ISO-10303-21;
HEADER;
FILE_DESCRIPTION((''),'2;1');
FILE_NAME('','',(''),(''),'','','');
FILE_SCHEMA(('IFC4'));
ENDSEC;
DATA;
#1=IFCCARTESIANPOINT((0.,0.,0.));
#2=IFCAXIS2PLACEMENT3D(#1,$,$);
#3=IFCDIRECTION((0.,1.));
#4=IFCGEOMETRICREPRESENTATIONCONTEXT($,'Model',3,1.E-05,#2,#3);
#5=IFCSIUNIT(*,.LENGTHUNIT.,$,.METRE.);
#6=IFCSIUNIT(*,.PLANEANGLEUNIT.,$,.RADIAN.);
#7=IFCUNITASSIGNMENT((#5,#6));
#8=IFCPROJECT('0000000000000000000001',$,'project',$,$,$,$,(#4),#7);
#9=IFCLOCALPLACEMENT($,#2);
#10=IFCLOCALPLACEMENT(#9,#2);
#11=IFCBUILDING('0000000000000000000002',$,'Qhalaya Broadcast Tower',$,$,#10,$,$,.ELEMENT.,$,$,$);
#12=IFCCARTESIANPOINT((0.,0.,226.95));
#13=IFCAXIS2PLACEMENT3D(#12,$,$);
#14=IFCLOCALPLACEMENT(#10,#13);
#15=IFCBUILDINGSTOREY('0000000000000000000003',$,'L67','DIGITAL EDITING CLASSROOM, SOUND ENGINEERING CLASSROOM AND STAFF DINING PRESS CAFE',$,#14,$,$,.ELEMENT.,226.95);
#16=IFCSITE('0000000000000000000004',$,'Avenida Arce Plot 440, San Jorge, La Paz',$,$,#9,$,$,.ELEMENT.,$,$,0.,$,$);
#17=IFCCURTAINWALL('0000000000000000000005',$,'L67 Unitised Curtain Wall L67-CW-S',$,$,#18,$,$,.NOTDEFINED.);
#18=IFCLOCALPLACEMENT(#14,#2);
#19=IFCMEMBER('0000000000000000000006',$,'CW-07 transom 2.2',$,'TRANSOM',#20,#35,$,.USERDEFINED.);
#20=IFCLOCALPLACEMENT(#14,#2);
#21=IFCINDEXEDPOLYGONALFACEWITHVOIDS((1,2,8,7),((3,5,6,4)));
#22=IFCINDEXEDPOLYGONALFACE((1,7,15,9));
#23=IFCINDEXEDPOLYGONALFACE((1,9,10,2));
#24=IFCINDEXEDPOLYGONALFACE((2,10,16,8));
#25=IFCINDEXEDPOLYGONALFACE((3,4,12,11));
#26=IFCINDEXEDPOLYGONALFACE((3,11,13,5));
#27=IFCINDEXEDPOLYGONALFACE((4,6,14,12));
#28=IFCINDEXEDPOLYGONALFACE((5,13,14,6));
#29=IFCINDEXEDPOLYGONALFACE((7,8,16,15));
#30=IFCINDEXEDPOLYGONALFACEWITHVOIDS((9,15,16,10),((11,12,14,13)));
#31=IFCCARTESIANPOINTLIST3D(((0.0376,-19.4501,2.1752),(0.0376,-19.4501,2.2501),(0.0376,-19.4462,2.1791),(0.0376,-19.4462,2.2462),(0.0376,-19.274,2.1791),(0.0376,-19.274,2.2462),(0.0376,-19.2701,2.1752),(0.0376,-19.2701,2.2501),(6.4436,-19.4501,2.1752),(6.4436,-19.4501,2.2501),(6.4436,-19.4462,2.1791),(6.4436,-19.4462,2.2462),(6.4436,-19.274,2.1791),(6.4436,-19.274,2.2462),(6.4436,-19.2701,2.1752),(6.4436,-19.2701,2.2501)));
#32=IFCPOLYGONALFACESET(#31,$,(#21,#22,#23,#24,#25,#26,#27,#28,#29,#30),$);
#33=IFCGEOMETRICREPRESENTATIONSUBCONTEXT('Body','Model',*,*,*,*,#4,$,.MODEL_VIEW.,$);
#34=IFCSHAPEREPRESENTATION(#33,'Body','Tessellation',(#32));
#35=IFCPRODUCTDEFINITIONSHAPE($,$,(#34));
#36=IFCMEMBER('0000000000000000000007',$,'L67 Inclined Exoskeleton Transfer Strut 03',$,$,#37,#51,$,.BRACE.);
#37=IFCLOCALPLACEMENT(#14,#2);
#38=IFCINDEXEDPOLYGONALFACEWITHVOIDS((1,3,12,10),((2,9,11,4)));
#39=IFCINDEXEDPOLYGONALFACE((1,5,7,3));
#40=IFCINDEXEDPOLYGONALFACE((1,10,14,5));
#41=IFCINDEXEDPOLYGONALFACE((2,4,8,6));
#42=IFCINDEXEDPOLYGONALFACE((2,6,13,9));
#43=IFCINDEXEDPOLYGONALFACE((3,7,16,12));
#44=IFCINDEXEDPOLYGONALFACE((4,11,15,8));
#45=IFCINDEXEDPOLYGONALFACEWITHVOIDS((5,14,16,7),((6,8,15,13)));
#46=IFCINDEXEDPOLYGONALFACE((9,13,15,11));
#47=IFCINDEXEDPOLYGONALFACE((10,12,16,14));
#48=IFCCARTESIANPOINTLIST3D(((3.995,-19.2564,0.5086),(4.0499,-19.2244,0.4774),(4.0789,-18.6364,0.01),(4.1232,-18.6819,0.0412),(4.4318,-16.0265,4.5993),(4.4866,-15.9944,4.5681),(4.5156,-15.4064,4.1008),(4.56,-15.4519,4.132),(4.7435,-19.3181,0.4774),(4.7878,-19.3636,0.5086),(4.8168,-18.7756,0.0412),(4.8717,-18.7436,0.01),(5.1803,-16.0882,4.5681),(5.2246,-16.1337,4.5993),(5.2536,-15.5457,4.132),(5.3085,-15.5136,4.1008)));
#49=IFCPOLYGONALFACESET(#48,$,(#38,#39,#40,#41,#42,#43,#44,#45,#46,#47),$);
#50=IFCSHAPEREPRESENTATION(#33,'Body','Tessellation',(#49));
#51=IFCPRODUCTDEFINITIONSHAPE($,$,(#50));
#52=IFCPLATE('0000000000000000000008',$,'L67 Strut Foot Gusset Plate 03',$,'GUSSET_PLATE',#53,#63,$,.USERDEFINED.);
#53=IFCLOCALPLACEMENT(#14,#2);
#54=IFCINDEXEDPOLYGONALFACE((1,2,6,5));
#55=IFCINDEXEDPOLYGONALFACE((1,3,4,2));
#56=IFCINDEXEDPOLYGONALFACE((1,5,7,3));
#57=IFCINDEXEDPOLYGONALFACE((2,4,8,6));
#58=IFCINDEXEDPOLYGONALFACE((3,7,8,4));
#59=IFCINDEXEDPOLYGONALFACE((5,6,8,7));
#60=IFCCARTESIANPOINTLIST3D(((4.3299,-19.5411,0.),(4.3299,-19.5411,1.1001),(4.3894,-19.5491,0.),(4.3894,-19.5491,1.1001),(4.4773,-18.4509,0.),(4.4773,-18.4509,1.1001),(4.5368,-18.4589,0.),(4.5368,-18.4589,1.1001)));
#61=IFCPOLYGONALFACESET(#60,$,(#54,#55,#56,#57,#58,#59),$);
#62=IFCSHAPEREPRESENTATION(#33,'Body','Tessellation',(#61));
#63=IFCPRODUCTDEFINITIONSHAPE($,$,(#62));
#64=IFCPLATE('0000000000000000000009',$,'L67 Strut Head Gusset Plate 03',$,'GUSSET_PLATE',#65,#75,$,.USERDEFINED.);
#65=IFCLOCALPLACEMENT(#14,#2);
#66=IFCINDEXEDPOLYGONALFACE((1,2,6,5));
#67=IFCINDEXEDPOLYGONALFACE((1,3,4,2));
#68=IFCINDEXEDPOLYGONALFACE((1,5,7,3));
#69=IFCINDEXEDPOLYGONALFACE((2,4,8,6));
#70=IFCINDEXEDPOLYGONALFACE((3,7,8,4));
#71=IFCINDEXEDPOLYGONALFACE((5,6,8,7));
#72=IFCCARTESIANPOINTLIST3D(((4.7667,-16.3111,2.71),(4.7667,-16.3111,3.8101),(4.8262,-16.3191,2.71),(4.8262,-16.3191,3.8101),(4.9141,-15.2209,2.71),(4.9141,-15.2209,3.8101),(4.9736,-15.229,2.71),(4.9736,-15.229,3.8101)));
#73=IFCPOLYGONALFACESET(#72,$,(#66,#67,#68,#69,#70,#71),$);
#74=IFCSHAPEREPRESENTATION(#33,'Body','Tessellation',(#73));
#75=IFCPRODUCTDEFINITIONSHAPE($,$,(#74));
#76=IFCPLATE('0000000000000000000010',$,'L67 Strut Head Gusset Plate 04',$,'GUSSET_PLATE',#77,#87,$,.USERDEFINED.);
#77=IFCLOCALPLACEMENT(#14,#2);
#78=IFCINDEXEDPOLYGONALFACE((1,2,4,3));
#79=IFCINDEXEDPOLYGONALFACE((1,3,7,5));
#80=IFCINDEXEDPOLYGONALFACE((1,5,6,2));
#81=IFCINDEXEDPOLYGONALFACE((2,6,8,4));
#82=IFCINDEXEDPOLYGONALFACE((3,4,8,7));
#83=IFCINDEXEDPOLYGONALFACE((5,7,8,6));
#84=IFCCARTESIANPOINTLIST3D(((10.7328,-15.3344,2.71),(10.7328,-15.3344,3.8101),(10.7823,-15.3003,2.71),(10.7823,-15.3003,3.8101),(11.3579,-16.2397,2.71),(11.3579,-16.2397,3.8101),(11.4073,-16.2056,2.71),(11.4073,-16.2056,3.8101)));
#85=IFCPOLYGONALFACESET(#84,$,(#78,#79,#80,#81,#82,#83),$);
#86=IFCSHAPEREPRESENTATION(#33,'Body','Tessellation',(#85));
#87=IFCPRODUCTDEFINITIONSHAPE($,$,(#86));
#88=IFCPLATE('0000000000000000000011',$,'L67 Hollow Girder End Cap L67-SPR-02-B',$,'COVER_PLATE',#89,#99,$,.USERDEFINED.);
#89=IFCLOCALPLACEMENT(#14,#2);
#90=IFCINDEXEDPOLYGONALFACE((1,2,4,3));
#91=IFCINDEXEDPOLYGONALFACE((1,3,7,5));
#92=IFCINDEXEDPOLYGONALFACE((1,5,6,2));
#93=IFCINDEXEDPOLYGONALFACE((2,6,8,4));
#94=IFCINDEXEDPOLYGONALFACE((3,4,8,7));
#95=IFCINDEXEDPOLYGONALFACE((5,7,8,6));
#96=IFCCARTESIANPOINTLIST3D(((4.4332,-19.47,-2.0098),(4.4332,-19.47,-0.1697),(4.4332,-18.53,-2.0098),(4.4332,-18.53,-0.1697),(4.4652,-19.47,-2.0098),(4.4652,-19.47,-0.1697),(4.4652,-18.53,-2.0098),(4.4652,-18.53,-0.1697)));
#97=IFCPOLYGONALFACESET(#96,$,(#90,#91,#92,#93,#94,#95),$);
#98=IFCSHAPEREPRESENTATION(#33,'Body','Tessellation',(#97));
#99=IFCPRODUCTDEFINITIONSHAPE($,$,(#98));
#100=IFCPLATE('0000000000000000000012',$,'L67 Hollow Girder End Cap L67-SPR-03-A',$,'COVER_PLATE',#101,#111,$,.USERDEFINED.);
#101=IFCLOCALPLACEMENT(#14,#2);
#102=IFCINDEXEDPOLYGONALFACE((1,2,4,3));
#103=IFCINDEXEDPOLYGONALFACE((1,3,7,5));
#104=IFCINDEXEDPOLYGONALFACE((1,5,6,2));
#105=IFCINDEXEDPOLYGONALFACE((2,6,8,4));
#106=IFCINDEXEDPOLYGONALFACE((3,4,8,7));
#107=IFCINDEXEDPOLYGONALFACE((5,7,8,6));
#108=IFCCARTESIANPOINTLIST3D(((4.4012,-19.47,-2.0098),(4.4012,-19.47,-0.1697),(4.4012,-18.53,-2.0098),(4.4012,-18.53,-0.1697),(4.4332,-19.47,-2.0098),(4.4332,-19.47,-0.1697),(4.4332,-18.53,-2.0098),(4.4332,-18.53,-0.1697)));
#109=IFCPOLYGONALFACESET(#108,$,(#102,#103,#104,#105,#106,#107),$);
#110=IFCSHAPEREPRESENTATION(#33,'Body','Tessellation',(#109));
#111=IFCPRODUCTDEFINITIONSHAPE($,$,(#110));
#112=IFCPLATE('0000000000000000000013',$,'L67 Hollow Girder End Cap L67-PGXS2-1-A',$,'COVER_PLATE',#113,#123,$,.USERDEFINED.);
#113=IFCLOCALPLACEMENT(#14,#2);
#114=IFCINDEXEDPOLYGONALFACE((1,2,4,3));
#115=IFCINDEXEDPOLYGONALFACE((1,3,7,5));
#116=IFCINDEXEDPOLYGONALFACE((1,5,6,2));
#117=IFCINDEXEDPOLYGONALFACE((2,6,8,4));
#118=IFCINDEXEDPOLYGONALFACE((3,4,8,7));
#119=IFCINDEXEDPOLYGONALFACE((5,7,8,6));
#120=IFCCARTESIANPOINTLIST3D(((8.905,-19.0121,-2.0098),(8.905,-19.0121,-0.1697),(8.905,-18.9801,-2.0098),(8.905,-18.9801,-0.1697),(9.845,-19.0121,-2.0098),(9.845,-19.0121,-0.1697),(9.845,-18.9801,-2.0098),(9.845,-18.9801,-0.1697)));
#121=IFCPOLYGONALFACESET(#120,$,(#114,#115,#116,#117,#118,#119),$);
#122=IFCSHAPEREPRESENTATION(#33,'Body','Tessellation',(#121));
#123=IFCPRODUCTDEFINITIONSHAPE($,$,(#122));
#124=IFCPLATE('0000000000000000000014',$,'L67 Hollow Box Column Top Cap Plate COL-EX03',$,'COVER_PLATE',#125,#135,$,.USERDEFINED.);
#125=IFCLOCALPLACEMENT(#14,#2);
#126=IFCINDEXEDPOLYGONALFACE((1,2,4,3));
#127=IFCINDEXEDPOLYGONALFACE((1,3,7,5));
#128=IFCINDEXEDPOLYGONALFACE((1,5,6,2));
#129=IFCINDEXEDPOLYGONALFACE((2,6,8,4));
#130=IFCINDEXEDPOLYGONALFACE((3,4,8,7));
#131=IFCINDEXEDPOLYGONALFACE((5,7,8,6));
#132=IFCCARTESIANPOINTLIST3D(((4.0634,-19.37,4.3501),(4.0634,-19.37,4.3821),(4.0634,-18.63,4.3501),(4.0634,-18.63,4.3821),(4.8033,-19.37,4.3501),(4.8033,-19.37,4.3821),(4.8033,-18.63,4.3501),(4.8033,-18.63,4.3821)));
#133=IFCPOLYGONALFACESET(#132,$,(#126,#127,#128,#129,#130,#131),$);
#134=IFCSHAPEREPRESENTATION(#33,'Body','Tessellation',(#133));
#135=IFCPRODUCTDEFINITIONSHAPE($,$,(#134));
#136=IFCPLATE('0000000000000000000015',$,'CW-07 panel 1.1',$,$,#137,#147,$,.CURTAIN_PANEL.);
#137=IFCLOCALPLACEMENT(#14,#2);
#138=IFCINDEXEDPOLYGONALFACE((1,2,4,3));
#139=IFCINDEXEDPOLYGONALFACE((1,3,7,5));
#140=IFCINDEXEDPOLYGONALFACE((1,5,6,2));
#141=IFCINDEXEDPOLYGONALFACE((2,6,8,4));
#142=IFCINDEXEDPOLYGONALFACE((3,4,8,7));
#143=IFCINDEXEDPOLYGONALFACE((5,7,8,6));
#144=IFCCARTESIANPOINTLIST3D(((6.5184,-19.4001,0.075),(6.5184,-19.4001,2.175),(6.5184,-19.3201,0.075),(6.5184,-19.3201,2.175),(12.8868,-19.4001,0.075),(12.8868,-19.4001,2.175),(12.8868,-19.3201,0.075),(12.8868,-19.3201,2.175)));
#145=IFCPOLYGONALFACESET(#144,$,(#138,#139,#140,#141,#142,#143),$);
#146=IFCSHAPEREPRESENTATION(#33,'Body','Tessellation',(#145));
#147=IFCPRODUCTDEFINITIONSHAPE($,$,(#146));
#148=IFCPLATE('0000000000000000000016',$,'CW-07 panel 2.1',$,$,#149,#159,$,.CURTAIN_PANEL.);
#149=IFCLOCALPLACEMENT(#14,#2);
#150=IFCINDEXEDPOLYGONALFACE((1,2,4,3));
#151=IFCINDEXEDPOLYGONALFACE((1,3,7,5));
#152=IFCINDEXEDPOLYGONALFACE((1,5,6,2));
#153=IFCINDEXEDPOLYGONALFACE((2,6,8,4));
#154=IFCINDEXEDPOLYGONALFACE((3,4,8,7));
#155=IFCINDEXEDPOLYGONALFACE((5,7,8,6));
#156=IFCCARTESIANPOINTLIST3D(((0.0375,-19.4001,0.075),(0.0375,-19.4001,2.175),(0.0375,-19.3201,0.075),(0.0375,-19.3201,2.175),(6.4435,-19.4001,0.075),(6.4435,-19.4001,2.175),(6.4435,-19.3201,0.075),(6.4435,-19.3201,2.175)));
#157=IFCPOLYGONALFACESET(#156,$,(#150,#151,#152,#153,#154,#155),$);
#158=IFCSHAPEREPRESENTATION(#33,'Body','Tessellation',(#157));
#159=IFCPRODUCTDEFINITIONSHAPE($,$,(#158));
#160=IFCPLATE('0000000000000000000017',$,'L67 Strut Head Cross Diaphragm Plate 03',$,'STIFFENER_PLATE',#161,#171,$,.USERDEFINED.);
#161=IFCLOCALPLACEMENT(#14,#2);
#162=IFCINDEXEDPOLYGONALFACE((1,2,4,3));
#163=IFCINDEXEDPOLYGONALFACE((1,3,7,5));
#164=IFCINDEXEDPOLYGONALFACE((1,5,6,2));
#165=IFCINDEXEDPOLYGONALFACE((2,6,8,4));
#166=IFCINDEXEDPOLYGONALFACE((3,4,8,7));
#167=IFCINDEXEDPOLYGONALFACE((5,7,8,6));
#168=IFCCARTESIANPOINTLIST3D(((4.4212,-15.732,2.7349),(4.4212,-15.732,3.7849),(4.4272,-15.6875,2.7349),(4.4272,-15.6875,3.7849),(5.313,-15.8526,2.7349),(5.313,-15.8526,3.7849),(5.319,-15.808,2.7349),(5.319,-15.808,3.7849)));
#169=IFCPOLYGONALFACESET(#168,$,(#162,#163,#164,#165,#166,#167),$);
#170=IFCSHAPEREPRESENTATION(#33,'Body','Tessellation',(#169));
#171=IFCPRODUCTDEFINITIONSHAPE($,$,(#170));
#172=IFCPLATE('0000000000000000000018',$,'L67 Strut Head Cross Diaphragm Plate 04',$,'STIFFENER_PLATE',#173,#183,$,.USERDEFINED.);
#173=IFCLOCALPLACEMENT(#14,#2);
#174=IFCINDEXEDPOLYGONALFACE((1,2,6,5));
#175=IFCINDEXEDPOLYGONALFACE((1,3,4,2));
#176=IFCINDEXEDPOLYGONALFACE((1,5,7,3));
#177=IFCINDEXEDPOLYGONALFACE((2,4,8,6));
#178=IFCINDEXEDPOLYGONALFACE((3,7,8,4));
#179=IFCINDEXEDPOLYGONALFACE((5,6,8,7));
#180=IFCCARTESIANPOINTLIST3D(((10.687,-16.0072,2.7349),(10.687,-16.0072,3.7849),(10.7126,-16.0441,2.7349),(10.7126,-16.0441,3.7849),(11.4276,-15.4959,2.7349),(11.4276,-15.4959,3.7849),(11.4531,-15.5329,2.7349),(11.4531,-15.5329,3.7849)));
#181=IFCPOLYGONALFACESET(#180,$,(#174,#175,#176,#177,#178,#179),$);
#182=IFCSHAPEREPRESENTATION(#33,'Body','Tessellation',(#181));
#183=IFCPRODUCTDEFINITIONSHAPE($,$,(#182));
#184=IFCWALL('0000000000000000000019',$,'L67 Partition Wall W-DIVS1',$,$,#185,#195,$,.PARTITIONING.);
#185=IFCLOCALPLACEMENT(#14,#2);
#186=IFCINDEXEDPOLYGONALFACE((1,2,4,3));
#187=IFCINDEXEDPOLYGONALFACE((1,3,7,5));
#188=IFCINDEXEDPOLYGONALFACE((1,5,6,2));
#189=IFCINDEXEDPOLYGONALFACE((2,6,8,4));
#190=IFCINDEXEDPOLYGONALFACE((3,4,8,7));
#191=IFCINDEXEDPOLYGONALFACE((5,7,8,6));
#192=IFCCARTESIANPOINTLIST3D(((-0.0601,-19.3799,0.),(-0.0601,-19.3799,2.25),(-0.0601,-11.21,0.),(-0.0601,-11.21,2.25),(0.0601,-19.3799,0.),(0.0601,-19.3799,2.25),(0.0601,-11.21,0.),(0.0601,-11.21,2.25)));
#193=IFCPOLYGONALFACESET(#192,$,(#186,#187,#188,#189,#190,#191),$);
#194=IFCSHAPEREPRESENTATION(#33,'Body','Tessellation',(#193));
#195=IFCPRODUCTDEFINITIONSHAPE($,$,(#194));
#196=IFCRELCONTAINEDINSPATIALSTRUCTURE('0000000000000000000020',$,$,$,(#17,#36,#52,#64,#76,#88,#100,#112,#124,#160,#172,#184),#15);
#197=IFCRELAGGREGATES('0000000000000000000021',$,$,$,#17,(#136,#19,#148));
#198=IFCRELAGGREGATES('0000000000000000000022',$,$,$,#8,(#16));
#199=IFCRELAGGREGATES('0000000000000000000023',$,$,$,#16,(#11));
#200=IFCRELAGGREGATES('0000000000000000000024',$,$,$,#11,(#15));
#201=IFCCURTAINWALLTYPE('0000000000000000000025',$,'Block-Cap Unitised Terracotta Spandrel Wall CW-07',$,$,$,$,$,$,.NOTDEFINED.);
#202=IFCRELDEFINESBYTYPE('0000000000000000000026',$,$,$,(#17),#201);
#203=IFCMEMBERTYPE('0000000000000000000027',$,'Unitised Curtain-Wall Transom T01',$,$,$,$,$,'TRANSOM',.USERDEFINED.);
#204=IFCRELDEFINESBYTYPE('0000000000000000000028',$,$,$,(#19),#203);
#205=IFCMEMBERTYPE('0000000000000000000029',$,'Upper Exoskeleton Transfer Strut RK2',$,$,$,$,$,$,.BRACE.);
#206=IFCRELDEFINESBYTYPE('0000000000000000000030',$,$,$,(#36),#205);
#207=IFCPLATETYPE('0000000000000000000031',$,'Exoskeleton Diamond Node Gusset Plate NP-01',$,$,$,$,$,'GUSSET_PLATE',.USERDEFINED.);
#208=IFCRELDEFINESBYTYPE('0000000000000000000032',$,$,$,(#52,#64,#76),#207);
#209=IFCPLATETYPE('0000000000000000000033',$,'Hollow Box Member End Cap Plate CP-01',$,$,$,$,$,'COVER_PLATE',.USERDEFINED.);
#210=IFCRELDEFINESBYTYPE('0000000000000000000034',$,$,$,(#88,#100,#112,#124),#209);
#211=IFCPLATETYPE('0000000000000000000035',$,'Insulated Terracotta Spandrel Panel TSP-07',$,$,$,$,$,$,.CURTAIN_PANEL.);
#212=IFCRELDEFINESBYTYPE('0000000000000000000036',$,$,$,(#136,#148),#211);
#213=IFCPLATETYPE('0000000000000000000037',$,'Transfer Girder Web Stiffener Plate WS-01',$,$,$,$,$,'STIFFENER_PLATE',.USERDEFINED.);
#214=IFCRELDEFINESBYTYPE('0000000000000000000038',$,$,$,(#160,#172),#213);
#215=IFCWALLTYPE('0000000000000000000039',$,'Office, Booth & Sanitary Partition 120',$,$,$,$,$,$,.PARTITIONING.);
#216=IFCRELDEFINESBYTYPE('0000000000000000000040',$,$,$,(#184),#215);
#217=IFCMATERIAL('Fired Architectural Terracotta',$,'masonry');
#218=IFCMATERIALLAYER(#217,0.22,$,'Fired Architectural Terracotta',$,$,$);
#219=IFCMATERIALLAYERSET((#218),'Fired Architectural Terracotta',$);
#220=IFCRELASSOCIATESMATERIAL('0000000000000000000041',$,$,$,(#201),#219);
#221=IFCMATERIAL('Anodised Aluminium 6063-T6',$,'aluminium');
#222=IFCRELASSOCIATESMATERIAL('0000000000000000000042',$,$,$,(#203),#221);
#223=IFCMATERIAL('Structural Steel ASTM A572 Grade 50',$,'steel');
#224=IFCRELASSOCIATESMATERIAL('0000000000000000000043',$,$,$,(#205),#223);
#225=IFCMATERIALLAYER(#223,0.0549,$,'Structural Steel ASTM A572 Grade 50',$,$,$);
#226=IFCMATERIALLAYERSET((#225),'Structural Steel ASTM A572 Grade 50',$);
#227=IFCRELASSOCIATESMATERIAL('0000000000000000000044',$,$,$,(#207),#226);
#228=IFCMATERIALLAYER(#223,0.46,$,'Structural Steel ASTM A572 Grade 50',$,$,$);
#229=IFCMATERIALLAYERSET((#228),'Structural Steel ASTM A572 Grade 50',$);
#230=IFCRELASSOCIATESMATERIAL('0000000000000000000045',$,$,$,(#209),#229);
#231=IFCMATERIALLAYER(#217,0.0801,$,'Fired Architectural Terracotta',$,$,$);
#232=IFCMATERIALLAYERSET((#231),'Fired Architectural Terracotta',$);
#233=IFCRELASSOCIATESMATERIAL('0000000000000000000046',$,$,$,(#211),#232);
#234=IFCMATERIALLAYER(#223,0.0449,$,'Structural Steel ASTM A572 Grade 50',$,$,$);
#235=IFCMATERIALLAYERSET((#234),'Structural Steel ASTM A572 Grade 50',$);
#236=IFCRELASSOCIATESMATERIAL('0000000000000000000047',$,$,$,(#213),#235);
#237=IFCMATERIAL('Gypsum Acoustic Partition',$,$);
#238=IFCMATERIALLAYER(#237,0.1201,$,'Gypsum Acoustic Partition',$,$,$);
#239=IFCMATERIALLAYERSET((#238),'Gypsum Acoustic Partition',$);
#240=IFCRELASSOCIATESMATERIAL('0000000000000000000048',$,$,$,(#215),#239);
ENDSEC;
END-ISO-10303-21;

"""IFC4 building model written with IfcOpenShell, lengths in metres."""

from ifc_helpers import new_model, si_unit, direction, frame, frame_2d, origin, origin_2d, place, context, subcontext, project, spatial, rectangle, hollow_rectangle, extrude, material, layer, layer_set, material_profile, profile_set, type_object, element, aggregate, save


model = new_model("IFC4")

# Units and contexts
model_context = context("Model", 3, precision=1e-05, world=origin(), true_north=direction((0.0, 1.0)))
body_context = subcontext(model_context, "Body", "Model", "MODEL_VIEW")
ifc_project = project(units=[si_unit("LENGTHUNIT", "METRE"), si_unit("PLANEANGLEUNIT", "RADIAN")], contexts=[model_context])

# Site, building, storey
site_placement = place(None, origin())
site = spatial("IfcSite", under=ifc_project, at=site_placement, Name="Avenida Arce Plot 440, San Jorge, La Paz", CompositionType="ELEMENT", RefElevation=0.0)
building_placement = place(site_placement, origin())
building = spatial("IfcBuilding", under=site, at=building_placement, Name="Qhalaya Broadcast Tower", CompositionType="ELEMENT")
storey_placement = place(building_placement, frame((0.0, 0.0, 226.95)))
storey = spatial("IfcBuildingStorey", under=building, at=storey_placement, Name="L67", Description="DIGITAL EDITING CLASSROOM, SOUND ENGINEERING CLASSROOM AND STAFF DINING PRESS CAFE", CompositionType="ELEMENT", Elevation=226.95)

# Shared definitions
ifc_material_1 = material(Name="Structural Steel ASTM A572 Grade 50", Category="steel")

# Curtain wall, member
ifc_material_2 = material(Name="Fired Architectural Terracotta", Category="masonry")
ifc_layer_1 = layer(ifc_material_2, 0.22, Name="Fired Architectural Terracotta")
ifc_layer_set_1 = layer_set([ifc_layer_1], Name="Fired Architectural Terracotta")
curtain_wall_type = type_object("IfcCurtainWallType", Name="Block-Cap Unitised Terracotta Spandrel Wall CW-07", PredefinedType="NOTDEFINED", material=ifc_layer_set_1)
curtain_wall_placement = place(storey_placement, origin())
curtain_wall = element("IfcCurtainWall", 1, at=curtain_wall_placement, inside=storey, type_object=curtain_wall_type, Name="L67 Unitised Curtain Wall L67-CW-S", PredefinedType="NOTDEFINED")
ifc_material_3 = material(Name="Anodised Aluminium 6063-T6", Category="aluminium")
ifc_material_profile_1 = material_profile(ifc_material_3, hollow_rectangle(XDim=0.075, YDim=0.1799, WallThickness=0.0039, at=origin_2d()), Name="ALU-TRN 75x180x4")
ifc_profile_set_1 = profile_set([ifc_material_profile_1], Name="Anodised Aluminium 6063-T6")
member_type_1 = type_object("IfcMemberType", Name="Unitised Curtain-Wall Transom T01", ElementType="TRANSOM", PredefinedType="USERDEFINED", material=ifc_profile_set_1)
member_1_placement = place(storey_placement, frame((6.4436, -19.3601, 2.2126), z_axis=(-1.0, 0.0, 0.0), x_axis=(0.0, 0.0, 1.0)))
member_1 = element("IfcMember", 2, at=member_1_placement, type_object=member_type_1, Name="CW-07 transom 2.2", ObjectType="TRANSOM", PredefinedType="USERDEFINED", context=body_context, shape_type="SweptSolid", body=[
    extrude(hollow_rectangle(XDim=0.075, YDim=0.1799, WallThickness=0.0039, at=origin_2d()), origin(), (0.0, 0.0, 1.0), 6.406),
])

# Member
ifc_material_profile_2 = material_profile(ifc_material_1, hollow_rectangle(XDim=0.8, YDim=0.8, WallThickness=0.05, at=origin_2d()), Name="BOX 800x800x50")
ifc_profile_set_2 = profile_set([ifc_material_profile_2], Name="Structural Steel ASTM A572 Grade 50")
member_type_2 = type_object("IfcMemberType", Name="Upper Exoskeleton Transfer Strut RK2", PredefinedType="BRACE", material=ifc_profile_set_2)
member_2_placement = place(storey_placement, frame((4.4333, -19.0, 0.2593), z_axis=(0.083504, 0.617526, 0.782106), x_axis=(-0.990981, 0.134003, 0.0)))
element("IfcMember", 3, at=member_2_placement, inside=storey, type_object=member_type_2, Name="L67 Inclined Exoskeleton Transfer Strut 03", PredefinedType="BRACE", context=body_context, shape_type="SweptSolid", body=[
    extrude(hollow_rectangle(XDim=0.8, YDim=0.8, WallThickness=0.05, at=origin_2d()), origin(), (0.0, 0.0, 1.0), 5.2305),
])

# Plates
ifc_layer_2 = layer(ifc_material_1, 0.0549, Name="Structural Steel ASTM A572 Grade 50")
ifc_layer_set_2 = layer_set([ifc_layer_2], Name="Structural Steel ASTM A572 Grade 50")
plate_type_1 = type_object("IfcPlateType", Name="Exoskeleton Diamond Node Gusset Plate NP-01", ElementType="GUSSET_PLATE", PredefinedType="USERDEFINED", material=ifc_layer_set_2)
for number, where, z_axis, x_axis, name in (
    (4, (4.4333, -19.0, 0.0), (0.0, 0.0, 1.0), (0.133986, 0.990983, 0.0), "L67 Strut Foot Gusset Plate 03"),
    (5, (4.8701, -15.77, 2.71), (0.0, 0.0, 1.0), (0.133986, 0.990983, 0.0), "L67 Strut Head Gusset Plate 03"),
    (6, (11.0701, -15.77, 2.71), (0.0, 0.0, 1.0), (-0.568145, 0.822928, 0.0), "L67 Strut Head Gusset Plate 04"),
):
    element("IfcPlate", number, at=place(storey_placement, frame(where, z_axis=z_axis, x_axis=x_axis)), inside=storey, type_object=plate_type_1, Name=name, ObjectType="GUSSET_PLATE", PredefinedType="USERDEFINED", context=body_context, shape_type="SweptSolid", body=[
        extrude(rectangle(XDim=1.1001, YDim=0.0601, at=origin_2d()), origin(), (0.0, 0.0, 1.0), 1.1001),
    ])
ifc_layer_3 = layer(ifc_material_1, 0.46, Name="Structural Steel ASTM A572 Grade 50")
ifc_layer_set_3 = layer_set([ifc_layer_3], Name="Structural Steel ASTM A572 Grade 50")
plate_type_2 = type_object("IfcPlateType", Name="Hollow Box Member End Cap Plate CP-01", ElementType="COVER_PLATE", PredefinedType="USERDEFINED", material=ifc_layer_set_3)
for number, where, z_axis, x_axis, name in (
    (7, (4.4492, -19.0, -2.0098), (0.0, 0.0, 1.0), (0.0, 1.0, 0.0), "L67 Hollow Girder End Cap L67-SPR-02-B"),
    (8, (4.4172, -19.0, -2.0098), (0.0, 0.0, 1.0), (0.0, 1.0, 0.0), "L67 Hollow Girder End Cap L67-SPR-03-A"),
    (9, (9.375, -18.9961, -2.0098), (0.0, 0.0, 1.0), (-1.0, 0.0, 0.0), "L67 Hollow Girder End Cap L67-PGXS2-1-A"),
):
    element("IfcPlate", number, at=place(storey_placement, frame(where, z_axis=z_axis, x_axis=x_axis)), inside=storey, type_object=plate_type_2, Name=name, ObjectType="COVER_PLATE", PredefinedType="USERDEFINED", context=body_context, shape_type="SweptSolid", body=[
        extrude(rectangle(XDim=0.9399, YDim=0.032, at=origin_2d()), origin(), (0.0, 0.0, 1.0), 1.8401),
    ])
plate_1_placement = place(storey_placement, frame((4.4333, -19.0, 4.3501), z_axis=(0.0, 0.0, 1.0), x_axis=(1.0, 0.0, 0.0)))
element("IfcPlate", 10, at=plate_1_placement, inside=storey, type_object=plate_type_2, Name="L67 Hollow Box Column Top Cap Plate COL-EX03", ObjectType="COVER_PLATE", PredefinedType="USERDEFINED", context=body_context, shape_type="SweptSolid", body=[
    extrude(rectangle(XDim=0.74, YDim=0.74, at=origin_2d()), origin(), (0.0, 0.0, 1.0), 0.032),
])

# Plates
ifc_layer_4 = layer(ifc_material_2, 0.0801, Name="Fired Architectural Terracotta")
ifc_layer_set_4 = layer_set([ifc_layer_4], Name="Fired Architectural Terracotta")
plate_type_3 = type_object("IfcPlateType", Name="Insulated Terracotta Spandrel Panel TSP-07", PredefinedType="CURTAIN_PANEL", material=ifc_layer_set_4)
plate_2_placement = place(storey_placement, frame((9.7026, -19.3601, 0.075), z_axis=(0.0, 0.0, 1.0), x_axis=(-1.0, 0.0, 0.0)))
plate_2 = element("IfcPlate", 11, at=plate_2_placement, type_object=plate_type_3, Name="CW-07 panel 1.1", PredefinedType="CURTAIN_PANEL", context=body_context, shape_type="SweptSolid", body=[
    extrude(rectangle(XDim=6.3684, YDim=0.0801, at=origin_2d()), origin(), (0.0, 0.0, 1.0), 2.1001),
])
plate_3_placement = place(storey_placement, frame((3.2405, -19.3601, 0.075), z_axis=(0.0, 0.0, 1.0), x_axis=(-1.0, 0.0, 0.0)))
plate_3 = element("IfcPlate", 12, at=plate_3_placement, type_object=plate_type_3, Name="CW-07 panel 2.1", PredefinedType="CURTAIN_PANEL", context=body_context, shape_type="SweptSolid", body=[
    extrude(rectangle(XDim=6.406, YDim=0.0801, at=origin_2d()), origin(), (0.0, 0.0, 1.0), 2.1001),
])
aggregate(curtain_wall, [plate_2, member_1, plate_3])

# Plates
ifc_layer_5 = layer(ifc_material_1, 0.0449, Name="Structural Steel ASTM A572 Grade 50")
ifc_layer_set_5 = layer_set([ifc_layer_5], Name="Structural Steel ASTM A572 Grade 50")
plate_type_4 = type_object("IfcPlateType", Name="Transfer Girder Web Stiffener Plate WS-01", ElementType="STIFFENER_PLATE", PredefinedType="USERDEFINED", material=ifc_layer_set_5)
for number, where, z_axis, x_axis, name in (
    (13, (4.8701, -15.77, 2.7349), (0.0, 0.0, 1.0), (-0.990983, 0.133986, 0.0), "L67 Strut Head Cross Diaphragm Plate 03"),
    (14, (11.0701, -15.77, 2.7349), (0.0, 0.0, 1.0), (-0.822928, -0.568145, 0.0), "L67 Strut Head Cross Diaphragm Plate 04"),
):
    element("IfcPlate", number, at=place(storey_placement, frame(where, z_axis=z_axis, x_axis=x_axis)), inside=storey, type_object=plate_type_4, Name=name, ObjectType="STIFFENER_PLATE", PredefinedType="USERDEFINED", context=body_context, shape_type="SweptSolid", body=[
        extrude(rectangle(XDim=0.8999, YDim=0.0449, at=origin_2d()), origin(), (0.0, 0.0, 1.0), 1.05),
    ])

# Wall
ifc_material_4 = material(Name="Gypsum Acoustic Partition")
ifc_layer_6 = layer(ifc_material_4, 0.1201, Name="Gypsum Acoustic Partition")
ifc_layer_set_6 = layer_set([ifc_layer_6], Name="Gypsum Acoustic Partition")
wall_type = type_object("IfcWallType", Name="Office, Booth & Sanitary Partition 120", PredefinedType="PARTITIONING", material=ifc_layer_set_6)
wall_placement = place(storey_placement, frame((0.0, -19.3799, 0.0), z_axis=(0.0, 0.0, 1.0), x_axis=(0.0, 1.0, 0.0)))
element("IfcWall", 15, at=wall_placement, inside=storey, type_object=wall_type, Name="L67 Partition Wall W-DIVS1", PredefinedType="PARTITIONING", context=body_context, shape_type="SweptSolid", body=[
    extrude(rectangle(XDim=8.1699, YDim=0.1201, at=frame_2d((4.085, 0.0))), origin(), (0.0, 0.0, 1.0), 2.25),
])

save(model, "model.ifc")
